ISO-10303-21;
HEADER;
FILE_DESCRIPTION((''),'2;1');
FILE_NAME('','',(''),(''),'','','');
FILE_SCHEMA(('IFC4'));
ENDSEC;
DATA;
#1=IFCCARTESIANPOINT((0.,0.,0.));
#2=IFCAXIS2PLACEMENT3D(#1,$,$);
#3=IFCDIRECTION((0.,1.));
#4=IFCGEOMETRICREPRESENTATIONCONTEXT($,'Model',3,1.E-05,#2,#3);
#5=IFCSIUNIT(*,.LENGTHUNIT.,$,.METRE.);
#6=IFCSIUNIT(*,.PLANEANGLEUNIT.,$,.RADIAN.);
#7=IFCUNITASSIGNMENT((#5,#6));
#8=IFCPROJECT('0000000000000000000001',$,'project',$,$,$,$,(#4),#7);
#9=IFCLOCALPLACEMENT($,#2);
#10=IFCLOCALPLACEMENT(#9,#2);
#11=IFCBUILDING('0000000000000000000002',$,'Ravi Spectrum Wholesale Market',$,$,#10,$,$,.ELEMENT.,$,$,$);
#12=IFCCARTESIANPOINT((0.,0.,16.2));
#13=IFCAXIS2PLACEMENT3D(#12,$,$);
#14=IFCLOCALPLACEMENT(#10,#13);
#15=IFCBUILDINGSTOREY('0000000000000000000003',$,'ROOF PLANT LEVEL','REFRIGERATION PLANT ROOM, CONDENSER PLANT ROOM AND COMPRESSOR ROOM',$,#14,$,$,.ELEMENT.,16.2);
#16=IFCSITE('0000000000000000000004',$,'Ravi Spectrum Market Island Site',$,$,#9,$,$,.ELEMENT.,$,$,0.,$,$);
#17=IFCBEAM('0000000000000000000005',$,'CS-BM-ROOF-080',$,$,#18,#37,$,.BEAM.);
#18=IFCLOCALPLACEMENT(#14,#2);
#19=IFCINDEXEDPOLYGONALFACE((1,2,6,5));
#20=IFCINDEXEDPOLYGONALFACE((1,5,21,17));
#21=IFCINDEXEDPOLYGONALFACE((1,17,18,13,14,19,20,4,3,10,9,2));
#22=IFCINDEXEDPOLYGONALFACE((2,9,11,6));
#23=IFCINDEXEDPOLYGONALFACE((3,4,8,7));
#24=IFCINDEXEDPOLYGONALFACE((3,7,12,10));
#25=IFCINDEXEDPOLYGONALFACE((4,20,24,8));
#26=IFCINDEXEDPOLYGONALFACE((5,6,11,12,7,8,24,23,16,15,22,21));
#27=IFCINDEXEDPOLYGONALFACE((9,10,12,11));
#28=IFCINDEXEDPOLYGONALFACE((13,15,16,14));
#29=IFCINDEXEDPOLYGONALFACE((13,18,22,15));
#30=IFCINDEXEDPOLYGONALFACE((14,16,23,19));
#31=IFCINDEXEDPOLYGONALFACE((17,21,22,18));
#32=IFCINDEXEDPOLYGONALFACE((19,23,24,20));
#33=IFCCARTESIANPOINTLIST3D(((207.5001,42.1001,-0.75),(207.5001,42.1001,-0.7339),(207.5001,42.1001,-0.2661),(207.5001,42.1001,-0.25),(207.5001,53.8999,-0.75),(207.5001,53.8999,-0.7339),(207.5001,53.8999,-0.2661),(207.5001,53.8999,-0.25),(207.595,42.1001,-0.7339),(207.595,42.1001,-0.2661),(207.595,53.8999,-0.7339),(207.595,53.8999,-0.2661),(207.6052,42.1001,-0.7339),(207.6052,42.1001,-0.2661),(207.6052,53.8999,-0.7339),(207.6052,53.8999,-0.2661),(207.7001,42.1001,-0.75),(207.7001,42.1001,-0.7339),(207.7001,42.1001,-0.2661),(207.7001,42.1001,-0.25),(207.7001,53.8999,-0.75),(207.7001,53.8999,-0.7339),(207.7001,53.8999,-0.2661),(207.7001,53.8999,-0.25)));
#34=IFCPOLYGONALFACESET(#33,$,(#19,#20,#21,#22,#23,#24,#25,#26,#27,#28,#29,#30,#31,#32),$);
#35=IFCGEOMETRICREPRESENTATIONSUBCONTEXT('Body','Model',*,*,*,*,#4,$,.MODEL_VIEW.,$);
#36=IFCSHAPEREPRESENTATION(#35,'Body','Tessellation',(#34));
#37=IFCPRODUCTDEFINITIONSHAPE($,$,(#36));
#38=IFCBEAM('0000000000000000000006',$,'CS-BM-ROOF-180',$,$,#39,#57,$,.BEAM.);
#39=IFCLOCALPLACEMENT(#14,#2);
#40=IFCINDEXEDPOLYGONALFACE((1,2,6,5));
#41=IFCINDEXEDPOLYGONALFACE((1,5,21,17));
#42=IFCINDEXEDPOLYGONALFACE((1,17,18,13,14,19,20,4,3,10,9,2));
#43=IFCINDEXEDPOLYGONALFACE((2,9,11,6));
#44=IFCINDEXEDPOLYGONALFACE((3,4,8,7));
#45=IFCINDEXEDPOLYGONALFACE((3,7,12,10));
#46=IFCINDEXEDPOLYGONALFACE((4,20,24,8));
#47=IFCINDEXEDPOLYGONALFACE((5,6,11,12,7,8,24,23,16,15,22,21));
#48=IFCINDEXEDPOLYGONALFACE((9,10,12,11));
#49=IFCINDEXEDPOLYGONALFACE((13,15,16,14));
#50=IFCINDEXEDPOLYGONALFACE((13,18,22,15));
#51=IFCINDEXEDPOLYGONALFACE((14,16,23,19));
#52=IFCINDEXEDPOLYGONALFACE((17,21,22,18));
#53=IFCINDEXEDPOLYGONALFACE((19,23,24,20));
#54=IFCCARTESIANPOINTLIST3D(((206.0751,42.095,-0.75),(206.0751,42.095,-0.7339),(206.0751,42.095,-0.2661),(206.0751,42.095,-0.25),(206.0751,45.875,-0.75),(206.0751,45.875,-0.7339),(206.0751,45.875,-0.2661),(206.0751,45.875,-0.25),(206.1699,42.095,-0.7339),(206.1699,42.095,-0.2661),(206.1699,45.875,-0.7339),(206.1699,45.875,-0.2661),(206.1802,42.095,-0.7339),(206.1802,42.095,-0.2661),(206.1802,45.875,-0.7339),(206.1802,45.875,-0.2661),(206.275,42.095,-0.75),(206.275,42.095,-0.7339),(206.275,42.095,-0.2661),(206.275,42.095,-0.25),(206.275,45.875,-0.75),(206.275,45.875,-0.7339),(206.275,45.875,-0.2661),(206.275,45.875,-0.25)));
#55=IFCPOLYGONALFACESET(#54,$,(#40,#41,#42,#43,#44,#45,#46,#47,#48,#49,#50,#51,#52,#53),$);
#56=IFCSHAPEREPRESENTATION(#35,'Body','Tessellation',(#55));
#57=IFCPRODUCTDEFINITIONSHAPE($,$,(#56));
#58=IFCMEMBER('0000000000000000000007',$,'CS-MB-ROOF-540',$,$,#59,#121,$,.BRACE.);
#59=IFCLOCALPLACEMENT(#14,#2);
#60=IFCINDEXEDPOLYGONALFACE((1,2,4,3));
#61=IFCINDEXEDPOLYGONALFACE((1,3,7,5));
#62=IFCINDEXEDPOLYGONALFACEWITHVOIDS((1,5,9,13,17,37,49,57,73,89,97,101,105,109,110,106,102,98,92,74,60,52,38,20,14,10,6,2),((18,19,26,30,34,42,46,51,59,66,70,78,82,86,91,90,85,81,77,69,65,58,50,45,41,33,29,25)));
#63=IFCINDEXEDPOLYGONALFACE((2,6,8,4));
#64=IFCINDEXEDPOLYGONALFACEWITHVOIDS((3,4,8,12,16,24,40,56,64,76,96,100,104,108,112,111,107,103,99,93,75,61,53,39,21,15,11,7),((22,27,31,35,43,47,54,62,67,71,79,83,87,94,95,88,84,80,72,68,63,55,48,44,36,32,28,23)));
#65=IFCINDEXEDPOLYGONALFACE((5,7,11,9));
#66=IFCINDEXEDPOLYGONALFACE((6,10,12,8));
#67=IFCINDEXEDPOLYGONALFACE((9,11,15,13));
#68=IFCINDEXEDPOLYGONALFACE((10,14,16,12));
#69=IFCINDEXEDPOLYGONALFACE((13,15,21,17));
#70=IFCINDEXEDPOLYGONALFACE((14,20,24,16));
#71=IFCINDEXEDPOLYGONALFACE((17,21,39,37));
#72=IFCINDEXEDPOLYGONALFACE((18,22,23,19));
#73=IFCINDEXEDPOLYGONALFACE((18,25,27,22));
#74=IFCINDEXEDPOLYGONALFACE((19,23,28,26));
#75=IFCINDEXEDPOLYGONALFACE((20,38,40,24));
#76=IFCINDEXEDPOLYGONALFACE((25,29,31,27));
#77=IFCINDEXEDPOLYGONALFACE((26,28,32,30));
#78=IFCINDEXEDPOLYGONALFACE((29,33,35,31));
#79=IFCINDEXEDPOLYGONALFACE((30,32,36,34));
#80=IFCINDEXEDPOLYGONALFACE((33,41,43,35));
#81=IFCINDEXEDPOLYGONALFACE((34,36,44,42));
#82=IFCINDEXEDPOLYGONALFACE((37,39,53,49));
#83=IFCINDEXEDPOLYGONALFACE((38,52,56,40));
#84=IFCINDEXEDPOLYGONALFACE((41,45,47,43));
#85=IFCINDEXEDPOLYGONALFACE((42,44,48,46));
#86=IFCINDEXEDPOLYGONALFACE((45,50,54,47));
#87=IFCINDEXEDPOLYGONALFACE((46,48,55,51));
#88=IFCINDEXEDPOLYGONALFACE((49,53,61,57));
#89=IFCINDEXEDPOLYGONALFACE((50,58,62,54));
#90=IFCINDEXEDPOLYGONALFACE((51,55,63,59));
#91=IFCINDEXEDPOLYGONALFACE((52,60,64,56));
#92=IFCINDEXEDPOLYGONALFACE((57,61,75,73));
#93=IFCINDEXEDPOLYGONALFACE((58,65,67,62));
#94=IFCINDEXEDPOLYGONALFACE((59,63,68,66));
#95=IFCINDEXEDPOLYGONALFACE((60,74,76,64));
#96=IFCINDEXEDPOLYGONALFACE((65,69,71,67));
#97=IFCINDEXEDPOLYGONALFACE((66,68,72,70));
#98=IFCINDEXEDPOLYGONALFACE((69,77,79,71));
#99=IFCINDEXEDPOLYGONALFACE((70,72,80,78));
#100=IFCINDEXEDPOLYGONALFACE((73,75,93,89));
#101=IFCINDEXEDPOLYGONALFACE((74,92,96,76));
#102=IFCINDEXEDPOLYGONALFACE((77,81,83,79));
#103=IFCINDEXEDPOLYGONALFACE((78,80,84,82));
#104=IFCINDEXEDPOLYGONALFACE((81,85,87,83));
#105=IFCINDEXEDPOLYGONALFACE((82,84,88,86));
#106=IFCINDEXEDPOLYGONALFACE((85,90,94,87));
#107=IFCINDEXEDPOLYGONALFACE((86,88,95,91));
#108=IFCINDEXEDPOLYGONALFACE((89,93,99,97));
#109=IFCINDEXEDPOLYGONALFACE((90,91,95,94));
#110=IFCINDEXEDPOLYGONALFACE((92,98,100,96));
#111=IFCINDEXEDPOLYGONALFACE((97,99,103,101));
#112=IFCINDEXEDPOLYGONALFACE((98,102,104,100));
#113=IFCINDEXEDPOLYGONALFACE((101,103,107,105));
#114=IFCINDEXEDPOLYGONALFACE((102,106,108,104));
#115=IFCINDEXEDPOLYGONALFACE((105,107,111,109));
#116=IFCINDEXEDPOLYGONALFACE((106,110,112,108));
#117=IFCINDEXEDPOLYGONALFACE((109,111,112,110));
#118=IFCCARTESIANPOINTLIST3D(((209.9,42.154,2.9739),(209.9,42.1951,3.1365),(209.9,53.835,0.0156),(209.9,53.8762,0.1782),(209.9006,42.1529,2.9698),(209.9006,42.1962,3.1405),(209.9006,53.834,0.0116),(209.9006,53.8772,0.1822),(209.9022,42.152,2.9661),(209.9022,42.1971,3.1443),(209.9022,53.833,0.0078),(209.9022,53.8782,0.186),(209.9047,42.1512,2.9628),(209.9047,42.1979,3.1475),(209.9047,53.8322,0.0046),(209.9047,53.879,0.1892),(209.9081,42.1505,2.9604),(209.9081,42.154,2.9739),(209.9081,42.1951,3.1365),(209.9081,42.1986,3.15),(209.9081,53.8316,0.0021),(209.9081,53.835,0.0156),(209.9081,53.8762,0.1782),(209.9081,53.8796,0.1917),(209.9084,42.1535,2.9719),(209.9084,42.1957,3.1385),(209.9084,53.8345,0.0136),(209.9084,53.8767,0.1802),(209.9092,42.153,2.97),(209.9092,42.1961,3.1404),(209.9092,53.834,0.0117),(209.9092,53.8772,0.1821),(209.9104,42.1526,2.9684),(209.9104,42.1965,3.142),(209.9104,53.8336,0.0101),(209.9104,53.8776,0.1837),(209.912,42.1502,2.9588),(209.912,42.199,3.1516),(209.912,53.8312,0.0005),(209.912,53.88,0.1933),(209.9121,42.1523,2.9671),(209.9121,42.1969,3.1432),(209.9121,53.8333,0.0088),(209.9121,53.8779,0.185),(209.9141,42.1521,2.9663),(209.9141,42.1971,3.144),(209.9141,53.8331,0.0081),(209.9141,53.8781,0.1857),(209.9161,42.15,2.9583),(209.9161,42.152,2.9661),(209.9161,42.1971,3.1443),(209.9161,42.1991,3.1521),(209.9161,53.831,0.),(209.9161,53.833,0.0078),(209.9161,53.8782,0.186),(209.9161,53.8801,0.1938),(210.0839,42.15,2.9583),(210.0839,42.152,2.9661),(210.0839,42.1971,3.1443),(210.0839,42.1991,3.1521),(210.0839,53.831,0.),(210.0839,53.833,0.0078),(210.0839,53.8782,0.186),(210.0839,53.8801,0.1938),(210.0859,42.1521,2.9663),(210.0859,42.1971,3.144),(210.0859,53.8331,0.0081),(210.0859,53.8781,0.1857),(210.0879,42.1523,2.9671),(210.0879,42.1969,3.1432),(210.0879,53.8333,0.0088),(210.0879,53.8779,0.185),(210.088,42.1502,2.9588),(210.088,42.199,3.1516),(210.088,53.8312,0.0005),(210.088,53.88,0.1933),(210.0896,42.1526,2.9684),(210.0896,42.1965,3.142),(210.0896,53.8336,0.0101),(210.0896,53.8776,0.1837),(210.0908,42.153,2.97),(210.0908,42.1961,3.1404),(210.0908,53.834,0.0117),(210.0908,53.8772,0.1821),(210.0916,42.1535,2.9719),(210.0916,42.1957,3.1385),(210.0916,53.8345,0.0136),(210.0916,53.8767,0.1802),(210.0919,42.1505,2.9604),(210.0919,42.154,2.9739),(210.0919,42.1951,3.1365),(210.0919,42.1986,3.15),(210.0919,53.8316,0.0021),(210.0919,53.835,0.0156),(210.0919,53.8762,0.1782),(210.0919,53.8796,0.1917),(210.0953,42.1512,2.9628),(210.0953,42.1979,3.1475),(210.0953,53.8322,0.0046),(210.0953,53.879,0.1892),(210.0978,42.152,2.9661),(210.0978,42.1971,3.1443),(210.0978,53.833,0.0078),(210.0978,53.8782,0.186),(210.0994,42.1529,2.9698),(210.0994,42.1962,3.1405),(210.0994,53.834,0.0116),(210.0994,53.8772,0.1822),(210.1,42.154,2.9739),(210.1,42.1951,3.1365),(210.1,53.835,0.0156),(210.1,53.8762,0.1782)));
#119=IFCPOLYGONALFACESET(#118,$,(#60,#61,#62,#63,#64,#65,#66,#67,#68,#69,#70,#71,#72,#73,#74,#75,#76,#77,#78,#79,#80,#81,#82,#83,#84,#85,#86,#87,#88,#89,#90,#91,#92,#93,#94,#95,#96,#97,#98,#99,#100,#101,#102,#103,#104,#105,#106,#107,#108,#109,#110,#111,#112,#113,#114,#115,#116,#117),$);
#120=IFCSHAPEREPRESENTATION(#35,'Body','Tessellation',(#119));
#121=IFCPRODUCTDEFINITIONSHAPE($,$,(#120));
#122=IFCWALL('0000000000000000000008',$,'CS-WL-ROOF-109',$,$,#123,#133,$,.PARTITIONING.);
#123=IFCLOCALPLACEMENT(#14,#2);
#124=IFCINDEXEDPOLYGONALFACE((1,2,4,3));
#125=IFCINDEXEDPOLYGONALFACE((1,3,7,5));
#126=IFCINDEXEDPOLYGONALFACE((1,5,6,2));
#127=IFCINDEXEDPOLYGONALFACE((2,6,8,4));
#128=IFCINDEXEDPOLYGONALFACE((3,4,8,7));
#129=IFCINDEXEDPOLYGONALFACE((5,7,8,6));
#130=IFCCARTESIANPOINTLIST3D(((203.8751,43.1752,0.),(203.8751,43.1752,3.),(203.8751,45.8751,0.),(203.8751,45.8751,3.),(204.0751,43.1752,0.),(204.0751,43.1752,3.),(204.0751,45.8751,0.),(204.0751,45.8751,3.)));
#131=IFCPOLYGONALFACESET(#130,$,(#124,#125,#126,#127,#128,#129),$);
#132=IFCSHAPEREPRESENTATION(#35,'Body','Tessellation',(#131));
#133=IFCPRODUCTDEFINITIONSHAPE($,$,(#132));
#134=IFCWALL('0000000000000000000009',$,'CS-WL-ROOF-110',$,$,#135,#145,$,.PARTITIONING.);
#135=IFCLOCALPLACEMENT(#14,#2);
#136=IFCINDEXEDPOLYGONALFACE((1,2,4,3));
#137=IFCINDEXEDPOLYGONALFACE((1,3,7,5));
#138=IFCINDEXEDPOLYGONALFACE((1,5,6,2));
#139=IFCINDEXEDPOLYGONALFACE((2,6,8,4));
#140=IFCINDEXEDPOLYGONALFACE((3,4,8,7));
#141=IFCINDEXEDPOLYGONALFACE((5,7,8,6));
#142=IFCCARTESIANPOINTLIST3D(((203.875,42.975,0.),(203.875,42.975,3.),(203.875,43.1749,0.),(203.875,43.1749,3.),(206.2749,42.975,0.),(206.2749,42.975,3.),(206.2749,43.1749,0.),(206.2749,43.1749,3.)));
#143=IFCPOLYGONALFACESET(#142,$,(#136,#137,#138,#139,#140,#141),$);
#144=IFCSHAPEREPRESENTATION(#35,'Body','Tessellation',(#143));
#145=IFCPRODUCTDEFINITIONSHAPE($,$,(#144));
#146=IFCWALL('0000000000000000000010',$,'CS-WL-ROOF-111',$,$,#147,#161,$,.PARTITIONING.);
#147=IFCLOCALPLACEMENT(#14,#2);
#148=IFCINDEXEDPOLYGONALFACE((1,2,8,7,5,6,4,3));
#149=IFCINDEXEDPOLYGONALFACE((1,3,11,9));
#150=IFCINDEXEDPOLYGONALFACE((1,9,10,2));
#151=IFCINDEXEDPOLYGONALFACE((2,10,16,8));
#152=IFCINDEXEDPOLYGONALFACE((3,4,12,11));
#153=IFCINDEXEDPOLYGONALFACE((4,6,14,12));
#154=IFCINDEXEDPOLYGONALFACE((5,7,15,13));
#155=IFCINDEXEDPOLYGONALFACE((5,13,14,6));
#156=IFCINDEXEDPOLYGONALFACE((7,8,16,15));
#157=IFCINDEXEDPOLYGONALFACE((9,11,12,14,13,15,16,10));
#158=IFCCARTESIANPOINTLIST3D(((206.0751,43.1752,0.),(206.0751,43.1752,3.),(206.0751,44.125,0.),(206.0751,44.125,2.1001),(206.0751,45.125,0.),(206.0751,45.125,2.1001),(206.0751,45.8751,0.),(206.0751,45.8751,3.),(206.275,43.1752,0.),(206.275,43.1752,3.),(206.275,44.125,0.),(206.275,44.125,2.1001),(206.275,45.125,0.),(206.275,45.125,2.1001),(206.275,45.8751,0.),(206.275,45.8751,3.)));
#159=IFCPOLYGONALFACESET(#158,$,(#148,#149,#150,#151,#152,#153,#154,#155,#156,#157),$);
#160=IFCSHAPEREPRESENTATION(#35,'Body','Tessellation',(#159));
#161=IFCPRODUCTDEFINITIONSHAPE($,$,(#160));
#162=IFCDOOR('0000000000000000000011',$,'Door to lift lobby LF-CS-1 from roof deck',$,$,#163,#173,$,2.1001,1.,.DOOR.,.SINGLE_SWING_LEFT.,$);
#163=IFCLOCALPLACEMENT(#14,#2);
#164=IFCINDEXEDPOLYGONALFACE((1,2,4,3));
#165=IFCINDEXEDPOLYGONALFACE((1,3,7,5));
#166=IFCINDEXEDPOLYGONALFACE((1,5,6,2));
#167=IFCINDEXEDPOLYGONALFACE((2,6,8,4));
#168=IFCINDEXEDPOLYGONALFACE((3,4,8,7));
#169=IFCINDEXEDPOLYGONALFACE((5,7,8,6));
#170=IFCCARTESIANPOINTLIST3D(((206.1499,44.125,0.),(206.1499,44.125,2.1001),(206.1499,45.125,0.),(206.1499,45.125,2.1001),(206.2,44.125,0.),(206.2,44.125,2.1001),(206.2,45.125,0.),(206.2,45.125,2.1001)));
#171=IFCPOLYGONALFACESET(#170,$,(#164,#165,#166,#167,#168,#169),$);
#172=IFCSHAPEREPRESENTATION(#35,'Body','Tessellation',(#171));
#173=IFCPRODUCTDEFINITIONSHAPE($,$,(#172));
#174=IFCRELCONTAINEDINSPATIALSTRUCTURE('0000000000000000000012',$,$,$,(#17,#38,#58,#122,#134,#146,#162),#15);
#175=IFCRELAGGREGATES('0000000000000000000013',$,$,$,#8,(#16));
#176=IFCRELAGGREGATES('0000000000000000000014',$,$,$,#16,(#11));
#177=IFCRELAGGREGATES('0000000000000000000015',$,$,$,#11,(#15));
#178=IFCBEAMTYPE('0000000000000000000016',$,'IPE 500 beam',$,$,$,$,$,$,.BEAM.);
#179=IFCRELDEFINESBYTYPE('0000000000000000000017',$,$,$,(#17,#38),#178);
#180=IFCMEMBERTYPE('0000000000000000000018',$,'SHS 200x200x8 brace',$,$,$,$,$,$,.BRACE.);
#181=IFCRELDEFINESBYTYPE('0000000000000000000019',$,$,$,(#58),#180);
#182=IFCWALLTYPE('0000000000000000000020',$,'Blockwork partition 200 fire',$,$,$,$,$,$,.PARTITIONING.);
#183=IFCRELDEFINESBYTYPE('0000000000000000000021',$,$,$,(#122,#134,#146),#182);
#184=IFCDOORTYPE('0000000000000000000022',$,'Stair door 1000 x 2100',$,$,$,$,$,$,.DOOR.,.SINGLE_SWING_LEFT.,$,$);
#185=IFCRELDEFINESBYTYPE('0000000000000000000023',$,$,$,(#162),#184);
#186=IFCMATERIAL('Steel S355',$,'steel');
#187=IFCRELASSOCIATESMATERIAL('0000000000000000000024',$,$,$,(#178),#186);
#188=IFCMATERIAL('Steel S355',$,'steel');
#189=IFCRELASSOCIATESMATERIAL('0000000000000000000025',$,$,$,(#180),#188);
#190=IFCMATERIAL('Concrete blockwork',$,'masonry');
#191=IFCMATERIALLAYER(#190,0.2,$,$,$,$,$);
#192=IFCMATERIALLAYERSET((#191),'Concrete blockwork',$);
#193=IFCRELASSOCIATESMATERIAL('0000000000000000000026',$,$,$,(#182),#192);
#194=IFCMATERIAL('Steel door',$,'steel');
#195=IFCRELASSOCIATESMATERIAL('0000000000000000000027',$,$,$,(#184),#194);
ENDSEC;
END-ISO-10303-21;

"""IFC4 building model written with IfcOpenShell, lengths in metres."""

from ifc_helpers import new_model, si_unit, direction, frame, frame_2d, origin, origin_2d, place, context, subcontext, project, spatial, rectangle, hollow_rectangle, i_section, extrude, material, layer, layer_set, material_profile, profile_set, type_object, element, fill, save


model = new_model("IFC4")

# Units and contexts
model_context = context("Model", 3, precision=1e-05, world=origin(), true_north=direction((0.0, 1.0)))
body_context = subcontext(model_context, "Body", "Model", "MODEL_VIEW")
ifc_project = project(units=[si_unit("LENGTHUNIT", "METRE"), si_unit("PLANEANGLEUNIT", "RADIAN")], contexts=[model_context])

# Site, building, storey
site_placement = place(None, origin())
site = spatial("IfcSite", under=ifc_project, at=site_placement, Name="Ravi Spectrum Market Island Site", CompositionType="ELEMENT", RefElevation=0.0)
building_placement = place(site_placement, origin())
building = spatial("IfcBuilding", under=site, at=building_placement, Name="Ravi Spectrum Wholesale Market", CompositionType="ELEMENT")
storey_placement = place(building_placement, frame((0.0, 0.0, 16.2)))
storey = spatial("IfcBuildingStorey", under=building, at=storey_placement, Name="ROOF PLANT LEVEL", Description="REFRIGERATION PLANT ROOM, CONDENSER PLANT ROOM AND COMPRESSOR ROOM", CompositionType="ELEMENT", Elevation=16.2)

# Beams
ifc_material_1 = material(Name="Steel S355", Category="steel")
ifc_material_profile_1 = material_profile(ifc_material_1, i_section(OverallWidth=0.2, OverallDepth=0.5, WebThickness=0.0103, FlangeThickness=0.0161, at=origin_2d()))
ifc_profile_set_1 = profile_set([ifc_material_profile_1], Name="Steel S355")
beam_type_1 = type_object("IfcBeamType", Name="IPE 500 beam", PredefinedType="BEAM", material=ifc_profile_set_1)
beam_1_placement = place(storey_placement, frame((207.6001, 42.1001, -0.5), z_axis=(0.0, 1.0, 0.0), x_axis=(-1.0, 0.0, 0.0)))
element("IfcBeam", 1, at=beam_1_placement, inside=storey, type_object=beam_type_1, Name="CS-BM-ROOF-080", PredefinedType="BEAM", context=body_context, shape_type="SweptSolid", body=[
    extrude(i_section(OverallWidth=0.2, OverallDepth=0.5, WebThickness=0.0103, FlangeThickness=0.0161, at=origin_2d()), origin(), (0.0, 0.0, 1.0), 11.7998),
])
beam_2_placement = place(storey_placement, frame((206.175, 42.095, -0.5), z_axis=(0.0, 1.0, 0.0), x_axis=(-1.0, 0.0, 0.0)))
element("IfcBeam", 2, at=beam_2_placement, inside=storey, type_object=beam_type_1, Name="CS-BM-ROOF-180", PredefinedType="BEAM", context=body_context, shape_type="SweptSolid", body=[
    extrude(i_section(OverallWidth=0.2, OverallDepth=0.5, WebThickness=0.0103, FlangeThickness=0.0161, at=origin_2d()), origin(), (0.0, 0.0, 1.0), 3.78),
])

# Member
ifc_material_2 = material(Name="Steel S355", Category="steel")
ifc_material_profile_2 = material_profile(ifc_material_2, hollow_rectangle(XDim=0.2, YDim=0.2, WallThickness=0.0081, InnerFilletRadius=0.0081, OuterFilletRadius=0.0161, at=origin_2d()))
ifc_profile_set_2 = profile_set([ifc_material_profile_2], Name="Steel S355")
member_type_1 = type_object("IfcMemberType", Name="SHS 200x200x8 brace", PredefinedType="BRACE", material=ifc_profile_set_2)
member_placement = place(storey_placement, frame((210.0, 42.1746, 3.0552), z_axis=(0.0, 0.969395, -0.245505), x_axis=(-1.0, 0.0, 0.0)))
element("IfcMember", 3, at=member_placement, inside=storey, type_object=member_type_1, Name="CS-MB-ROOF-540", PredefinedType="BRACE", context=body_context, shape_type="SweptSolid", body=[
    extrude(hollow_rectangle(XDim=0.2, YDim=0.2, WallThickness=0.0081, InnerFilletRadius=0.0081, OuterFilletRadius=0.0161, at=origin_2d()), origin(), (0.0, 0.0, 1.0), 12.0498),
])

# Walls
ifc_material_3 = material(Name="Concrete blockwork", Category="masonry")
ifc_layer_1 = layer(ifc_material_3, 0.2)
ifc_layer_set_1 = layer_set([ifc_layer_1], Name="Concrete blockwork")
wall_type_1 = type_object("IfcWallType", Name="Blockwork partition 200 fire", PredefinedType="PARTITIONING", material=ifc_layer_set_1)
wall_1_placement = place(storey_placement, frame((203.9751, 43.175, 0.0), z_axis=(0.0, 0.0, 1.0), x_axis=(0.0, 1.0, 0.0)))
element("IfcWall", 4, at=wall_1_placement, inside=storey, type_object=wall_type_1, Name="CS-WL-ROOF-109", PredefinedType="PARTITIONING", context=body_context, shape_type="SweptSolid", body=[
    extrude(rectangle(XDim=2.7, YDim=0.2, at=frame_2d((1.3501, 0.0))), origin(), (0.0, 0.0, 1.0), 3.0),
])
wall_2_placement = place(storey_placement, frame((203.875, 43.075, 0.0), z_axis=(0.0, 0.0, 1.0), x_axis=(1.0, 0.0, 0.0)))
element("IfcWall", 5, at=wall_2_placement, inside=storey, type_object=wall_type_1, Name="CS-WL-ROOF-110", PredefinedType="PARTITIONING", context=body_context, shape_type="SweptSolid", body=[
    extrude(rectangle(XDim=2.3999, YDim=0.2, at=frame_2d((1.2, 0.0))), origin(), (0.0, 0.0, 1.0), 3.0),
])

# Wall, opening, door
wall_3_placement = place(storey_placement, frame((206.175, 43.175, 0.0), z_axis=(0.0, 0.0, 1.0), x_axis=(0.0, 1.0, 0.0)))
wall_3 = element("IfcWall", 6, at=wall_3_placement, inside=storey, type_object=wall_type_1, Name="CS-WL-ROOF-111", PredefinedType="PARTITIONING", context=body_context, shape_type="SweptSolid", body=[
    extrude(rectangle(XDim=2.7, YDim=0.2, at=frame_2d((1.3501, 0.0))), origin(), (0.0, 0.0, 1.0), 3.0),
])
opening_1_placement = place(wall_3_placement, frame((1.95, 0.0, 0.0), z_axis=(0.0, 0.0, 1.0), x_axis=(-1.0, 0.0, 0.0)))
opening_1 = element("IfcOpeningElement", 7, at=opening_1_placement, cuts=wall_3, PredefinedType="OPENING", context=body_context, shape_type="SweptSolid", body=[
    extrude(rectangle(XDim=1.0, YDim=2.1001, at=frame_2d((0.5, 1.05))), frame((0.0, 0.1099, 0.0), z_axis=(0.0, -1.0, 0.0), x_axis=(1.0, 0.0, 0.0)), (0.0, 0.0, 1.0), 0.22),
])
ifc_material_4 = material(Name="Steel door", Category="steel")
door_type_1 = type_object("IfcDoorType", Name="Stair door 1000 x 2100", OperationType="SINGLE_SWING_LEFT", PredefinedType="DOOR", material=ifc_material_4)
door_1_placement = place(opening_1_placement, origin())
door_1 = element("IfcDoor", 8, at=door_1_placement, inside=storey, type_object=door_type_1, Name="Door to lift lobby LF-CS-1 from roof deck", OperationType="SINGLE_SWING_LEFT", OverallHeight=2.1001, OverallWidth=1.0, PredefinedType="DOOR", context=body_context, shape_type="SweptSolid", body=[
    extrude(rectangle(XDim=1.0, YDim=2.1001, at=frame_2d((0.5, 1.05))), frame((0.0, 0.0249, 0.0), z_axis=(0.0, -1.0, 0.0), x_axis=(1.0, 0.0, 0.0)), (0.0, 0.0, 1.0), 0.05),
])
fill(opening_1, door_1)

save(model, "model.ifc")
